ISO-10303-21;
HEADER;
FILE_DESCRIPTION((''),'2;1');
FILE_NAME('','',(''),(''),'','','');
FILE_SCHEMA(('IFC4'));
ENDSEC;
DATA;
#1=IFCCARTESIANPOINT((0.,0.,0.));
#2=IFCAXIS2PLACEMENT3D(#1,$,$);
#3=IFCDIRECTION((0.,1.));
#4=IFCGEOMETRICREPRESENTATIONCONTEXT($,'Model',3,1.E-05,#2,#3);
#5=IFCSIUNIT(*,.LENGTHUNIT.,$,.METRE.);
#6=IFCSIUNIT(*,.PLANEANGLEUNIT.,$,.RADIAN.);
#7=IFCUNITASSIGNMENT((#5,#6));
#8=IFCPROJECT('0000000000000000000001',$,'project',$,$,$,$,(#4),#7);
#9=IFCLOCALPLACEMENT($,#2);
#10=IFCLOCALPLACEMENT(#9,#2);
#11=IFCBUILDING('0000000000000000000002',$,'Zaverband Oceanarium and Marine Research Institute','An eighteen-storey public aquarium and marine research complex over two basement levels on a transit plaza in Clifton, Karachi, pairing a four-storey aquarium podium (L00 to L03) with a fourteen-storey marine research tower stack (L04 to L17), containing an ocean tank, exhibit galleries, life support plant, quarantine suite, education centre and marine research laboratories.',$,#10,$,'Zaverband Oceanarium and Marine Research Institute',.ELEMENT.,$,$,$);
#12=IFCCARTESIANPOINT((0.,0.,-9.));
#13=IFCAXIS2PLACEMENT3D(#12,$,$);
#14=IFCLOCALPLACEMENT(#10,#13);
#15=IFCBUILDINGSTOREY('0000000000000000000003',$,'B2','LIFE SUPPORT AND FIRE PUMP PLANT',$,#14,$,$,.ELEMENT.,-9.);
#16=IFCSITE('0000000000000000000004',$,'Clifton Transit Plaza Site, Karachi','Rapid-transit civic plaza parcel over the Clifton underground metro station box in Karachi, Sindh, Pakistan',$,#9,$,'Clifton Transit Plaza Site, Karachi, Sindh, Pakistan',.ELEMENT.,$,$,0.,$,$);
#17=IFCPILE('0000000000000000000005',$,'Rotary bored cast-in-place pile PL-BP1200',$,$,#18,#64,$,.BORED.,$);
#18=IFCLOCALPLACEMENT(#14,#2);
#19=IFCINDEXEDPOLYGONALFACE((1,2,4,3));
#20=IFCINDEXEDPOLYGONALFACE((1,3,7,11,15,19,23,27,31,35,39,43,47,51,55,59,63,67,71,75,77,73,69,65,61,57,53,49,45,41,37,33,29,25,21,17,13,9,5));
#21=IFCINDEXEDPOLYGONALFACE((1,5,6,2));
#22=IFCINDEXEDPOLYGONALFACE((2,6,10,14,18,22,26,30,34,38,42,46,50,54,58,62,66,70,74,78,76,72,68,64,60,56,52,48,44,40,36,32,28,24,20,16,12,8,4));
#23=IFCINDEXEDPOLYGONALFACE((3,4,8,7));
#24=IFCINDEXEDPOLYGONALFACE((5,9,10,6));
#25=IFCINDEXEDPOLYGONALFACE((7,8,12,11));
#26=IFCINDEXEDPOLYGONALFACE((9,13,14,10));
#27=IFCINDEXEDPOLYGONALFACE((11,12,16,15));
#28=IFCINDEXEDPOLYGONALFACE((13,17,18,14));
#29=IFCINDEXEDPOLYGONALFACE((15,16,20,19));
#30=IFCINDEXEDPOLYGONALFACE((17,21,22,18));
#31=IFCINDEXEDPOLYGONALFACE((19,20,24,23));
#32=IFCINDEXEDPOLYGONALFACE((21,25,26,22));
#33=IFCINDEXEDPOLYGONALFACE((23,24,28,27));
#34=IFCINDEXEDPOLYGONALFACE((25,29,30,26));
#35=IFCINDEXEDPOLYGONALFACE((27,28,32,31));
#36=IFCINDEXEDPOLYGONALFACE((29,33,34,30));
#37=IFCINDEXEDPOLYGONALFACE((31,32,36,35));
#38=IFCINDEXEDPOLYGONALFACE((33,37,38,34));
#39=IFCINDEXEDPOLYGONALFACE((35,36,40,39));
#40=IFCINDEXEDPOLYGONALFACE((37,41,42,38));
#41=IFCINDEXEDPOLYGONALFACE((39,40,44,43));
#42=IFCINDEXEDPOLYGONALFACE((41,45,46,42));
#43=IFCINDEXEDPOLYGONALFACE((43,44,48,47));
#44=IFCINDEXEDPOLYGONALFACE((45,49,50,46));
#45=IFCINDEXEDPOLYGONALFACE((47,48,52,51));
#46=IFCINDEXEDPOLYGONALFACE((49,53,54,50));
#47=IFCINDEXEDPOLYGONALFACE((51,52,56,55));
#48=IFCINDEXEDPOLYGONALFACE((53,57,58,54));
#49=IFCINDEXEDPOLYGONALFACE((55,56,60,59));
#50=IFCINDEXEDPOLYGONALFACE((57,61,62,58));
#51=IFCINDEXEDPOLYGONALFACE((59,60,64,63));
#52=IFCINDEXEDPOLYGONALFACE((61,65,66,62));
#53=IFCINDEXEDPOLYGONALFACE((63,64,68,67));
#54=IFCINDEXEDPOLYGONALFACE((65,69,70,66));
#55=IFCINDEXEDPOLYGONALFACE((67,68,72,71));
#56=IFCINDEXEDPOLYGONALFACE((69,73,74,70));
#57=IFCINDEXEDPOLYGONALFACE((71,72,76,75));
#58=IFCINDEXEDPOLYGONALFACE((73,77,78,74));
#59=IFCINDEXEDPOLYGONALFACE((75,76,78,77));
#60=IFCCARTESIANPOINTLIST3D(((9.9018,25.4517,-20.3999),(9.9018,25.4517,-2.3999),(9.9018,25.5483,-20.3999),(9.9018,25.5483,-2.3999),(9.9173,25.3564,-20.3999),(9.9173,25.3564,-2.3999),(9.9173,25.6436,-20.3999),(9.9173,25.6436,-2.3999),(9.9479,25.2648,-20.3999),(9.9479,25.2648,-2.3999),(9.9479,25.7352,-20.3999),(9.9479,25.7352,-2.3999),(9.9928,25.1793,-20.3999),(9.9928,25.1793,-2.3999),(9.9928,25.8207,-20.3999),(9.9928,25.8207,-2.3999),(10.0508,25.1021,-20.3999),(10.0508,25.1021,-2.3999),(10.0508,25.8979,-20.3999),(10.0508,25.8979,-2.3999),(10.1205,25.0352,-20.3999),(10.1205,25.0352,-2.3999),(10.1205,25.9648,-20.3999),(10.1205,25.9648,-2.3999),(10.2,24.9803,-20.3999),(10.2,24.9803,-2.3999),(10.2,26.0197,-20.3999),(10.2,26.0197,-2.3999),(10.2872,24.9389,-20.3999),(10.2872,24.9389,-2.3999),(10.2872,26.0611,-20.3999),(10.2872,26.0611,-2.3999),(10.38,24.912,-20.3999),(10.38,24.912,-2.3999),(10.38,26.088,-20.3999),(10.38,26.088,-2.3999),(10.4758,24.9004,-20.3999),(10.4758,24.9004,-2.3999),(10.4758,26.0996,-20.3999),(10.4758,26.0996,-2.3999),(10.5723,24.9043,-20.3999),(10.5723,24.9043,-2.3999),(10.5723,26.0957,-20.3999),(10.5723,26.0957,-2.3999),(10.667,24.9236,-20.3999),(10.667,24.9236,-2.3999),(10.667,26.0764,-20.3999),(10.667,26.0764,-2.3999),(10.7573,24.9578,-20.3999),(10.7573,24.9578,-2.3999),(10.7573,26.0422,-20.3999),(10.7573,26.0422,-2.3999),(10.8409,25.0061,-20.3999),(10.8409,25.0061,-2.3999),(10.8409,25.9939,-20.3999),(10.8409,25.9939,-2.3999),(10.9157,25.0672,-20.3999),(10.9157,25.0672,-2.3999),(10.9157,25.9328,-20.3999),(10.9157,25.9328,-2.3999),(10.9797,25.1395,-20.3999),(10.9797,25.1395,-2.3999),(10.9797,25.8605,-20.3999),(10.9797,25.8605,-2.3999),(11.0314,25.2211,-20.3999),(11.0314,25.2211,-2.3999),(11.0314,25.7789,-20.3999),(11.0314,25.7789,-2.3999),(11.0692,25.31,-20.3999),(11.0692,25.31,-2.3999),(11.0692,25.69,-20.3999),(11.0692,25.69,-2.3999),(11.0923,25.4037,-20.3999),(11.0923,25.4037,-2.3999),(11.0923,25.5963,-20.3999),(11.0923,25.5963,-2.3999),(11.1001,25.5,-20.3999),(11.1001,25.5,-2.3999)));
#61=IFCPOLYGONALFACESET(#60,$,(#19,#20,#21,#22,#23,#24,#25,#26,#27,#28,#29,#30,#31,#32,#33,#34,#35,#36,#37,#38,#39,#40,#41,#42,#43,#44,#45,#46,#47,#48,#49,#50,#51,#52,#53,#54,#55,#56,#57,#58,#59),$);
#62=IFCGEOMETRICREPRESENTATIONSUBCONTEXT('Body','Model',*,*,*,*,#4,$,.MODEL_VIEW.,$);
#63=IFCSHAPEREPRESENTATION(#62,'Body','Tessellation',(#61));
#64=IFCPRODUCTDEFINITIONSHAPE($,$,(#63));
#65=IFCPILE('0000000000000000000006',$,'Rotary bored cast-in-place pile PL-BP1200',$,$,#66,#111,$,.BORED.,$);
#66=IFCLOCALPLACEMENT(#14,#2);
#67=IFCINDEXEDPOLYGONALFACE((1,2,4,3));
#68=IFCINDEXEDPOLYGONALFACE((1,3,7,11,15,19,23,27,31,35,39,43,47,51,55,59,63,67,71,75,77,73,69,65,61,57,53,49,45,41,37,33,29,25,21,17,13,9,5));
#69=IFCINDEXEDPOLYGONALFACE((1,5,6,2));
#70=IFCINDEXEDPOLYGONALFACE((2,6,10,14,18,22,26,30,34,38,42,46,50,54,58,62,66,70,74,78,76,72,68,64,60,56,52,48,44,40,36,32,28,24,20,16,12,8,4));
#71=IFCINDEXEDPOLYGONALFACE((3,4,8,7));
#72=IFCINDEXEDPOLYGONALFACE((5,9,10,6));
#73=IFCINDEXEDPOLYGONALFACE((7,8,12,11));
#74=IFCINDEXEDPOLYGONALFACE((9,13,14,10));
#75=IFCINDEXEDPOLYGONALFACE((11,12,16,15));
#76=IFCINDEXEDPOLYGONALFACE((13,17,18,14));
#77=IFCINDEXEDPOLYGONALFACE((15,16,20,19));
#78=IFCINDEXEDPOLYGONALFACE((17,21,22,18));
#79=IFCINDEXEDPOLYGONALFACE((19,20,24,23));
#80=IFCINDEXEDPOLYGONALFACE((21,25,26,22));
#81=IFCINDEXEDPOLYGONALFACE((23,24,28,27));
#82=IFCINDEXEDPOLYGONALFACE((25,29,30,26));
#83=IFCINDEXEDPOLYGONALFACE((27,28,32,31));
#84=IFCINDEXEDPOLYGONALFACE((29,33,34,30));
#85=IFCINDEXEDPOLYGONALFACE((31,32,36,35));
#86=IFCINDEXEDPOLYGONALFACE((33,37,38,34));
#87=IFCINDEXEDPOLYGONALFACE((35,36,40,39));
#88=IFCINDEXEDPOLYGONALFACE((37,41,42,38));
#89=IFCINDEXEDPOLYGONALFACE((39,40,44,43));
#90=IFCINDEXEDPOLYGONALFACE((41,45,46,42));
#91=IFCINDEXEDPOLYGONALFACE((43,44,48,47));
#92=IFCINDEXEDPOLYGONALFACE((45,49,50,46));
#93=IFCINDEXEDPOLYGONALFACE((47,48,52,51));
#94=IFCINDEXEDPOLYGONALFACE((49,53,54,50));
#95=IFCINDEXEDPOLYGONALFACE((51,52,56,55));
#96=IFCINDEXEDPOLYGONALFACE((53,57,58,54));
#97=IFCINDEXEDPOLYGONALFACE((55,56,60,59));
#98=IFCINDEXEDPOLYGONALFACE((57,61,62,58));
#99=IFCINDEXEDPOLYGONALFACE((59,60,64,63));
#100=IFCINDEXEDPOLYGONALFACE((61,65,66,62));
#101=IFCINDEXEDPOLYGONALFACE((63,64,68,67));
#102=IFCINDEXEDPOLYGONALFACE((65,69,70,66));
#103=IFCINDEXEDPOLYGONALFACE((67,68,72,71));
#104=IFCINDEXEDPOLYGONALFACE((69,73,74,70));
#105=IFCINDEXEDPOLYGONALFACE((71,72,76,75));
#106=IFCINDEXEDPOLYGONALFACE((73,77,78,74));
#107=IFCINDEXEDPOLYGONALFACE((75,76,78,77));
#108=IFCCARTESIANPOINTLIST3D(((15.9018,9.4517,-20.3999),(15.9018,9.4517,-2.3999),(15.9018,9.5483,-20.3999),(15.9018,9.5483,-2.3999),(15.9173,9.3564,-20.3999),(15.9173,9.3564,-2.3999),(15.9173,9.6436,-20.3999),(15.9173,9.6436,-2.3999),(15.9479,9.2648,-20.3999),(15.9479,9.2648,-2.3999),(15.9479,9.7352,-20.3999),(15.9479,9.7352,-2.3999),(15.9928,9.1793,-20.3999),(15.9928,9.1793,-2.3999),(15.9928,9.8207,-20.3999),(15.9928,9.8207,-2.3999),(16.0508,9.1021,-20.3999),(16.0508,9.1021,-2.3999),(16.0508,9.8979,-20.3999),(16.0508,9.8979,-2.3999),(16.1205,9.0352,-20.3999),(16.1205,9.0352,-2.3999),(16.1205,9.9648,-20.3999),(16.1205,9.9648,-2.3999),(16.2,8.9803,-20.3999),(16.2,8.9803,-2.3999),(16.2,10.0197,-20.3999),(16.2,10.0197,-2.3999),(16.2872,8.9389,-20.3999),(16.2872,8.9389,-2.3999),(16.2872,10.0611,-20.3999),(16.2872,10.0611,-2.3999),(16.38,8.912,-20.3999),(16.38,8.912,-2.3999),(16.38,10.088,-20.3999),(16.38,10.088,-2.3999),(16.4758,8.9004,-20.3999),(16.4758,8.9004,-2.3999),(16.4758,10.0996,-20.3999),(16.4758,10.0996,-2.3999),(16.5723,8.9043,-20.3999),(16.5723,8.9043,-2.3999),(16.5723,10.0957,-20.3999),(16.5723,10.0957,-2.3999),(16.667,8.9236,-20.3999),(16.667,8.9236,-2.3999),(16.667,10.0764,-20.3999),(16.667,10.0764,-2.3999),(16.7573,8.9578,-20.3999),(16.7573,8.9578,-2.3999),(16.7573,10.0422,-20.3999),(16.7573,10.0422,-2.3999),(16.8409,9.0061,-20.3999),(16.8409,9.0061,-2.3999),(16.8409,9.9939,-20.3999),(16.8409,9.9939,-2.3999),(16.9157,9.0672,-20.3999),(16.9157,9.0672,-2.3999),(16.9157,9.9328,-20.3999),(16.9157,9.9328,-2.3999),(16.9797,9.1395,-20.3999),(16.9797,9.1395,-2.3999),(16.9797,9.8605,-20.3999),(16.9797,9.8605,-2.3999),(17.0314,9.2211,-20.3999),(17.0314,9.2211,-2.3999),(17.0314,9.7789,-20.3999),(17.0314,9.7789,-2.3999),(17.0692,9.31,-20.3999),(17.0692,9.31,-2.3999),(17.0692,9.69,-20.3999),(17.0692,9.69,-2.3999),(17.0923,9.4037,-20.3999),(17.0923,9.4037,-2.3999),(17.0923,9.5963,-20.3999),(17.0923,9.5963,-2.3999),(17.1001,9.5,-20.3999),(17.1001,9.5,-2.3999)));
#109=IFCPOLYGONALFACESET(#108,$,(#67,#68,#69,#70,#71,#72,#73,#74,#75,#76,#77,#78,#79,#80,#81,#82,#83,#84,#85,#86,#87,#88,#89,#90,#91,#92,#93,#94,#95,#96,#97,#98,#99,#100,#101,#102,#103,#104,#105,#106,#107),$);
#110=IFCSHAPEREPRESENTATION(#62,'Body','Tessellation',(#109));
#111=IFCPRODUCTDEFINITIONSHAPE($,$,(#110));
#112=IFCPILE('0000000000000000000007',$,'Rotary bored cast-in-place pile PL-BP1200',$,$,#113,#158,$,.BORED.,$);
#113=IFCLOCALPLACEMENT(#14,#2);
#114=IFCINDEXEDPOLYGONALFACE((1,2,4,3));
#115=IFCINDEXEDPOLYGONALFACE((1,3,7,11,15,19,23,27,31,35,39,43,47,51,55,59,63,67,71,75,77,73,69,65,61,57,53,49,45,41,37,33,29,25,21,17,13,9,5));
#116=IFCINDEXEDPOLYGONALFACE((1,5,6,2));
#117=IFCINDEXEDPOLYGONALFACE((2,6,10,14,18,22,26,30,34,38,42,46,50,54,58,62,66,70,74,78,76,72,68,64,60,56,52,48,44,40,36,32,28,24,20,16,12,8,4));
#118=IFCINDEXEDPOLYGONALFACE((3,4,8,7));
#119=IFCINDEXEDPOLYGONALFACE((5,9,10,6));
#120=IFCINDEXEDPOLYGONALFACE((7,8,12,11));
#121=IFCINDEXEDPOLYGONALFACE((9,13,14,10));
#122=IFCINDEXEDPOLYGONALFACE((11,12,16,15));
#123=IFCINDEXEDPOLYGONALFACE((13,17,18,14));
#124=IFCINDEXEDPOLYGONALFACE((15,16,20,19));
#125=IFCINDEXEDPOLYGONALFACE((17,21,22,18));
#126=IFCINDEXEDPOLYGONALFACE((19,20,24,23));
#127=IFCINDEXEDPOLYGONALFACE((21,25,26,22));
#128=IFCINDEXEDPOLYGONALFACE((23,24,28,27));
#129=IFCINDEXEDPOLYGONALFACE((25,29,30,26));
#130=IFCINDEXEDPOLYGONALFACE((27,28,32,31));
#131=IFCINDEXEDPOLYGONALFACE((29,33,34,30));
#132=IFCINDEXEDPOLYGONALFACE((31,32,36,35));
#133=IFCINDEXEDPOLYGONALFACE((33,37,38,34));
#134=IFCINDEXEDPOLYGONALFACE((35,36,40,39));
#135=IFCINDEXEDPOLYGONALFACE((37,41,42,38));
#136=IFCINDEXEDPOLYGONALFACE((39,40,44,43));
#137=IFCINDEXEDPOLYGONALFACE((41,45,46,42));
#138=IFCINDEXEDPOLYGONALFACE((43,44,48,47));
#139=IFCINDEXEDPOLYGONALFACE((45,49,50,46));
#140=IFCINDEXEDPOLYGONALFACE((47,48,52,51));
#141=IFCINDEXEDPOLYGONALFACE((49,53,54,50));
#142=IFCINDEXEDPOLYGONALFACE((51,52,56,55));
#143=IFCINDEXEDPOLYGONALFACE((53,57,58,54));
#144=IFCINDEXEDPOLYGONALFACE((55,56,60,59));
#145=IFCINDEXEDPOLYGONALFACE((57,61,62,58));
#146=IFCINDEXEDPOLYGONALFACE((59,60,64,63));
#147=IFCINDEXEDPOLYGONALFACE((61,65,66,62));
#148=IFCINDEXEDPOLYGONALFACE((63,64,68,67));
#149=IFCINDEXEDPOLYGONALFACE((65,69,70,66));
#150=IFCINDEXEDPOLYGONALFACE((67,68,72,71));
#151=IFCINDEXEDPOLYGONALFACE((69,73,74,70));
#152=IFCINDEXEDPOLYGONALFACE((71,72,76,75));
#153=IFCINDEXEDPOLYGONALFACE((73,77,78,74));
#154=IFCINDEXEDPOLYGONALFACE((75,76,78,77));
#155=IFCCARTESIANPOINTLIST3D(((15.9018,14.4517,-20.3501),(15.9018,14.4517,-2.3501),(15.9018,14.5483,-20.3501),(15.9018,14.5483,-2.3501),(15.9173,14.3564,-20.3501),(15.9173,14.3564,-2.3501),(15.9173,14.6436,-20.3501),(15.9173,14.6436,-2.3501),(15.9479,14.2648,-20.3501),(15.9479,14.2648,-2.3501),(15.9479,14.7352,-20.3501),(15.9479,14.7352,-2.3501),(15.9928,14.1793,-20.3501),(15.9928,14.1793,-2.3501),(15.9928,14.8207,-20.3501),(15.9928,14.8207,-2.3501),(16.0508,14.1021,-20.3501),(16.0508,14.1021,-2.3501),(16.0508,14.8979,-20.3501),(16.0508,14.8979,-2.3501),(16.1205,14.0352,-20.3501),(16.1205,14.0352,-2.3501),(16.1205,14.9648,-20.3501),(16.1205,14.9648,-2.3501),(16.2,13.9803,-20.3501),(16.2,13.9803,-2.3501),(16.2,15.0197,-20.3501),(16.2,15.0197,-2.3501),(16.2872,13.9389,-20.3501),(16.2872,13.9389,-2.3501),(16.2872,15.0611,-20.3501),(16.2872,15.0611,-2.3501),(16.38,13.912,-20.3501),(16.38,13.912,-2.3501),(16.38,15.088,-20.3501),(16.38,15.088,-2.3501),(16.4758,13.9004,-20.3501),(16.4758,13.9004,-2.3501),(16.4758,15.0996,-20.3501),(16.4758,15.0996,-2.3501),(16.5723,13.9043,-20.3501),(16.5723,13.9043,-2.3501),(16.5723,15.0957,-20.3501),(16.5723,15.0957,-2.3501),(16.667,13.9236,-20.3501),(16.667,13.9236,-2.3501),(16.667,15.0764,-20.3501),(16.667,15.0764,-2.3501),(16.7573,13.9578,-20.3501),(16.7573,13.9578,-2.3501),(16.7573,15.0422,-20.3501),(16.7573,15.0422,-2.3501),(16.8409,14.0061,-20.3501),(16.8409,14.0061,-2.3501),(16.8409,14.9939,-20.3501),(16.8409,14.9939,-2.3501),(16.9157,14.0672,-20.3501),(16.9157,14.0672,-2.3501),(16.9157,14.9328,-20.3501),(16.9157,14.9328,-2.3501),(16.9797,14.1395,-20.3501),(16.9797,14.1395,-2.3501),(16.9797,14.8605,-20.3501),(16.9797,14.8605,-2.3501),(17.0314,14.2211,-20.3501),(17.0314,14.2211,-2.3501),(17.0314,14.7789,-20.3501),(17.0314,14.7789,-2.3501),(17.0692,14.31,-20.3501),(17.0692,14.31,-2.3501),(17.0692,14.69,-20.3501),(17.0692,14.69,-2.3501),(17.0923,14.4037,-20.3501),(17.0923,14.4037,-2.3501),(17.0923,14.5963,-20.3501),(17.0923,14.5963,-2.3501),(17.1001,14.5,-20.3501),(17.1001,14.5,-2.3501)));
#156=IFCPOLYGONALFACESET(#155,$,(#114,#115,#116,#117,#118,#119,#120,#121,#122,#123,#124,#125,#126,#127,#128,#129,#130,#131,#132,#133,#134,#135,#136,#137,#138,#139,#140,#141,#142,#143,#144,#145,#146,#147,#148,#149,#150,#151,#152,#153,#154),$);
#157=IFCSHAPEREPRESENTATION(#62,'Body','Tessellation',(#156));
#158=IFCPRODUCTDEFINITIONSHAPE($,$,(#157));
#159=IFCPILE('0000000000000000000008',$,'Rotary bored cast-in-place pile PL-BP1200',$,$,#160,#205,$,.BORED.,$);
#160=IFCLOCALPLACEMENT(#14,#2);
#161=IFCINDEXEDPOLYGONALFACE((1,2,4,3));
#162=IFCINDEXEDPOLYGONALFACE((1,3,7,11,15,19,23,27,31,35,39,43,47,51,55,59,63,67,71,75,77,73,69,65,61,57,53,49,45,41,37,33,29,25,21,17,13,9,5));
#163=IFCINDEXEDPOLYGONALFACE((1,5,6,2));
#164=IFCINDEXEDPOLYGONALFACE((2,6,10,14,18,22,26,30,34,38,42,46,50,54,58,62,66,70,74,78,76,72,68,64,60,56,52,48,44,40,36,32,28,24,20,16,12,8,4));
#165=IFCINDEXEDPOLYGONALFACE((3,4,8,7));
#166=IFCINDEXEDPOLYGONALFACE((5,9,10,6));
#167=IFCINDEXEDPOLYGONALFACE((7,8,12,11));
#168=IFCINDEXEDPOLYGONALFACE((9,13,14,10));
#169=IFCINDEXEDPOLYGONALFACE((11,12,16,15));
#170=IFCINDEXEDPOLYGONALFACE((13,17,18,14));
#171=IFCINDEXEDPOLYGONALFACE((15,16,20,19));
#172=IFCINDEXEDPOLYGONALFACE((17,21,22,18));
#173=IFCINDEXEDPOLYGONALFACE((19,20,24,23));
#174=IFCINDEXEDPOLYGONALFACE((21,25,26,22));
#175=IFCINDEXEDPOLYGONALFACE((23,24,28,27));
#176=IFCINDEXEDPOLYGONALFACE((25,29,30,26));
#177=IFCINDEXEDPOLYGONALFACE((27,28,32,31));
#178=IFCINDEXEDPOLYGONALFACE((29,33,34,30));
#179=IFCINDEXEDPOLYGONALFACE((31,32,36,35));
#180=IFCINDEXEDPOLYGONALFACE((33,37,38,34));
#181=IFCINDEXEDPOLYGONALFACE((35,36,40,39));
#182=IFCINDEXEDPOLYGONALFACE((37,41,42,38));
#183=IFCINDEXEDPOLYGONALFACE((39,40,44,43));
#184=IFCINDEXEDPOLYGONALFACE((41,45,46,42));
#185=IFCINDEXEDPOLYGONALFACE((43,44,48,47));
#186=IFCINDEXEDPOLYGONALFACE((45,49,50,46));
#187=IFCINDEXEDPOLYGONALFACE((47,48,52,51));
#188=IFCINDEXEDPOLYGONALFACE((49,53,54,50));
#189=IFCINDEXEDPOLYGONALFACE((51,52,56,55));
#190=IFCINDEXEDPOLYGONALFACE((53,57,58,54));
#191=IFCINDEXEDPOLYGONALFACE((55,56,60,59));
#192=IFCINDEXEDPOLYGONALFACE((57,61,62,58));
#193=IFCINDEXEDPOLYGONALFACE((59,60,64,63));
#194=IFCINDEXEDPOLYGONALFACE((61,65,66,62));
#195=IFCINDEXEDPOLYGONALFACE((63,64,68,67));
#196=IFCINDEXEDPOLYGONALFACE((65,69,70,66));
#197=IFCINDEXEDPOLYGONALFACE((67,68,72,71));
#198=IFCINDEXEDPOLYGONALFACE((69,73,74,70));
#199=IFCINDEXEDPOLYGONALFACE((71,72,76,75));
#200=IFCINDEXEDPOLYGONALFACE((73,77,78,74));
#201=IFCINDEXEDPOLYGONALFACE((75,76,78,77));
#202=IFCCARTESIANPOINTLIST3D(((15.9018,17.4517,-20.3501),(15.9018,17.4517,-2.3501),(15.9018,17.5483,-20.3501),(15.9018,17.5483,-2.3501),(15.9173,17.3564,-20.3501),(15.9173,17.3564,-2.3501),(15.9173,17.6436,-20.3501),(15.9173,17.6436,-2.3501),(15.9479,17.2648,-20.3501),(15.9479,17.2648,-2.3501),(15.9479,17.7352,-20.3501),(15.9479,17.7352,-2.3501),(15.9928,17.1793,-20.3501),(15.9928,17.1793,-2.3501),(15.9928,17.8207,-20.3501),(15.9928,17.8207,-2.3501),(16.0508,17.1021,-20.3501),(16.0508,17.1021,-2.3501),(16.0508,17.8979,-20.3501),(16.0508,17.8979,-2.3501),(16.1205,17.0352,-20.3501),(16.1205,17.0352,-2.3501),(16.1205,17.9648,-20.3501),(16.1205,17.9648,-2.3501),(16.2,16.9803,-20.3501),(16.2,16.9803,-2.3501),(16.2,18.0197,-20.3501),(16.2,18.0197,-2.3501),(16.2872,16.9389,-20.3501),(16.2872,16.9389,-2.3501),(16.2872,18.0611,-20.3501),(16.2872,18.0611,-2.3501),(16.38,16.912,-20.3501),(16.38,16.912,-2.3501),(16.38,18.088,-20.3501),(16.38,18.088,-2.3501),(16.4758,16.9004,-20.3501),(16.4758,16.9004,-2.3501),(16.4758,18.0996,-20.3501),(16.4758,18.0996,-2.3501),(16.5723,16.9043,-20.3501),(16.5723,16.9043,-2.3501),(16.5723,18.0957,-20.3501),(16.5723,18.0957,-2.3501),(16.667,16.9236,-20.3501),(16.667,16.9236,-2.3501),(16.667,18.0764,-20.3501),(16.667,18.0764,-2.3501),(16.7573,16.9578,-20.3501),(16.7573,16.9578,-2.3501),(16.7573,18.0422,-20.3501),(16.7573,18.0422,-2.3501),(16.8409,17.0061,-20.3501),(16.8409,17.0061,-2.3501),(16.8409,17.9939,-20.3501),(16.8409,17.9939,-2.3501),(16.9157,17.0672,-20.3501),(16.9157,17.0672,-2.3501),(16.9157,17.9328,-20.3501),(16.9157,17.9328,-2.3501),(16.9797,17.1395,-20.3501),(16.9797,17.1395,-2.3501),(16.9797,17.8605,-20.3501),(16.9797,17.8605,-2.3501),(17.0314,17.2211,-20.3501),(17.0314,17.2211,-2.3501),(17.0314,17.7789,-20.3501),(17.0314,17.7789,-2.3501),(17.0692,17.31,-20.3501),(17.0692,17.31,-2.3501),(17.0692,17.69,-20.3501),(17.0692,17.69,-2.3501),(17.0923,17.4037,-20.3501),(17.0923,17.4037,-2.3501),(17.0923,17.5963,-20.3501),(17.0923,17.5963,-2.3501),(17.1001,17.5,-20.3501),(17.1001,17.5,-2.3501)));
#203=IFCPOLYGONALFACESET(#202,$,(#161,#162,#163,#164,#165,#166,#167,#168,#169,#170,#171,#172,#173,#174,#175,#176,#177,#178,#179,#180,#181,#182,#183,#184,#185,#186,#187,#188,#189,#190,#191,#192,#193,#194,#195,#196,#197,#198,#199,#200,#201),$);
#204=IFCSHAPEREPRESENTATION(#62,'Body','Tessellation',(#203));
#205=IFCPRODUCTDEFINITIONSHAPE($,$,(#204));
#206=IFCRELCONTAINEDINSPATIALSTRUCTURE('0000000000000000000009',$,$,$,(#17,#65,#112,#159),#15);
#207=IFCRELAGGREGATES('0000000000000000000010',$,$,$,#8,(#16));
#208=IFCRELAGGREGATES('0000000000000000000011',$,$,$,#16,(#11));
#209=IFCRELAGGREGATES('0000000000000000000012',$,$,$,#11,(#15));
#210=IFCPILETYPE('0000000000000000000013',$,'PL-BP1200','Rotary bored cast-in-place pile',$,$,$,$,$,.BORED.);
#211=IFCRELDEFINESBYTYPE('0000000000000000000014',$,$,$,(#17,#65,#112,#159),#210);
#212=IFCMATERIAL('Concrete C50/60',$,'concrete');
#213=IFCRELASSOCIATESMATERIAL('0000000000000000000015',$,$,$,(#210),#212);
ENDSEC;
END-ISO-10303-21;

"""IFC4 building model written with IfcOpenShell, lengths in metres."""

from ifc_helpers import new_model, si_unit, direction, frame, origin, origin_2d, place, context, subcontext, project, spatial, circle, extrude, material, material_profile, profile_set, type_object, element, save


model = new_model("IFC4")

# Units and contexts
model_context = context("Model", 3, precision=1e-05, world=origin(), true_north=direction((0.0, 1.0)))
body_context = subcontext(model_context, "Body", "Model", "MODEL_VIEW")
ifc_project = project(units=[si_unit("LENGTHUNIT", "METRE"), si_unit("PLANEANGLEUNIT", "RADIAN")], contexts=[model_context])

# Site, building, storey
site_placement = place(None, origin())
site = spatial("IfcSite", under=ifc_project, at=site_placement, Name="Clifton Transit Plaza Site, Karachi", Description="Rapid-transit civic plaza parcel over the Clifton underground metro station box in Karachi, Sindh, Pakistan", LongName="Clifton Transit Plaza Site, Karachi, Sindh, Pakistan", CompositionType="ELEMENT", RefElevation=0.0)
building_placement = place(site_placement, origin())
building = spatial("IfcBuilding", under=site, at=building_placement, Name="Zaverband Oceanarium and Marine Research Institute", Description="An eighteen-storey public aquarium and marine research complex over two basement levels on a transit plaza in Clifton, Karachi, pairing a four-storey aquarium podium (L00 to L03) with a fourteen-storey marine research tower stack (L04 to L17), containing an ocean tank, exhibit galleries, life support plant, quarantine suite, education centre and marine research laboratories.", LongName="Zaverband Oceanarium and Marine Research Institute", CompositionType="ELEMENT")
storey_placement = place(building_placement, frame((0.0, 0.0, -9.0)))
storey = spatial("IfcBuildingStorey", under=building, at=storey_placement, Name="B2", Description="LIFE SUPPORT AND FIRE PUMP PLANT", CompositionType="ELEMENT", Elevation=-9.0)

# Shared definitions
ifc_material_1 = material(Name="Concrete C50/60", Category="concrete")

# Piles
ifc_material_profile_1 = material_profile(ifc_material_1, circle(Radius=0.6001, at=origin_2d()), Name="BP1200")
ifc_profile_set_1 = profile_set([ifc_material_profile_1], Name="Concrete C50/60")
pile_type = type_object("IfcPileType", Name="PL-BP1200", Description="Rotary bored cast-in-place pile", PredefinedType="BORED", material=ifc_profile_set_1)
for number, where, z_axis, x_axis, name in (
    (1, (10.5, 25.5, -2.3999), (0.0, 0.0, -1.0), (1.0, 0.0, 0.0), "Rotary bored cast-in-place pile PL-BP1200"),
    (2, (16.5, 9.5, -2.3999), (0.0, 0.0, -1.0), (1.0, 0.0, 0.0), "Rotary bored cast-in-place pile PL-BP1200"),
    (3, (16.5, 14.5, -2.3501), (0.0, 0.0, -1.0), (1.0, 0.0, 0.0), "Rotary bored cast-in-place pile PL-BP1200"),
    (4, (16.5, 17.5, -2.3501), (0.0, 0.0, -1.0), (1.0, 0.0, 0.0), "Rotary bored cast-in-place pile PL-BP1200"),
):
    element("IfcPile", number, at=place(storey_placement, frame(where, z_axis=z_axis, x_axis=x_axis)), inside=storey, type_object=pile_type, Name=name, PredefinedType="BORED", context=body_context, shape_type="SweptSolid", body=[
        extrude(circle(Radius=0.6001, at=origin_2d()), origin(), (0.0, 0.0, 1.0), 18.0),
    ])

save(model, "model.ifc")
